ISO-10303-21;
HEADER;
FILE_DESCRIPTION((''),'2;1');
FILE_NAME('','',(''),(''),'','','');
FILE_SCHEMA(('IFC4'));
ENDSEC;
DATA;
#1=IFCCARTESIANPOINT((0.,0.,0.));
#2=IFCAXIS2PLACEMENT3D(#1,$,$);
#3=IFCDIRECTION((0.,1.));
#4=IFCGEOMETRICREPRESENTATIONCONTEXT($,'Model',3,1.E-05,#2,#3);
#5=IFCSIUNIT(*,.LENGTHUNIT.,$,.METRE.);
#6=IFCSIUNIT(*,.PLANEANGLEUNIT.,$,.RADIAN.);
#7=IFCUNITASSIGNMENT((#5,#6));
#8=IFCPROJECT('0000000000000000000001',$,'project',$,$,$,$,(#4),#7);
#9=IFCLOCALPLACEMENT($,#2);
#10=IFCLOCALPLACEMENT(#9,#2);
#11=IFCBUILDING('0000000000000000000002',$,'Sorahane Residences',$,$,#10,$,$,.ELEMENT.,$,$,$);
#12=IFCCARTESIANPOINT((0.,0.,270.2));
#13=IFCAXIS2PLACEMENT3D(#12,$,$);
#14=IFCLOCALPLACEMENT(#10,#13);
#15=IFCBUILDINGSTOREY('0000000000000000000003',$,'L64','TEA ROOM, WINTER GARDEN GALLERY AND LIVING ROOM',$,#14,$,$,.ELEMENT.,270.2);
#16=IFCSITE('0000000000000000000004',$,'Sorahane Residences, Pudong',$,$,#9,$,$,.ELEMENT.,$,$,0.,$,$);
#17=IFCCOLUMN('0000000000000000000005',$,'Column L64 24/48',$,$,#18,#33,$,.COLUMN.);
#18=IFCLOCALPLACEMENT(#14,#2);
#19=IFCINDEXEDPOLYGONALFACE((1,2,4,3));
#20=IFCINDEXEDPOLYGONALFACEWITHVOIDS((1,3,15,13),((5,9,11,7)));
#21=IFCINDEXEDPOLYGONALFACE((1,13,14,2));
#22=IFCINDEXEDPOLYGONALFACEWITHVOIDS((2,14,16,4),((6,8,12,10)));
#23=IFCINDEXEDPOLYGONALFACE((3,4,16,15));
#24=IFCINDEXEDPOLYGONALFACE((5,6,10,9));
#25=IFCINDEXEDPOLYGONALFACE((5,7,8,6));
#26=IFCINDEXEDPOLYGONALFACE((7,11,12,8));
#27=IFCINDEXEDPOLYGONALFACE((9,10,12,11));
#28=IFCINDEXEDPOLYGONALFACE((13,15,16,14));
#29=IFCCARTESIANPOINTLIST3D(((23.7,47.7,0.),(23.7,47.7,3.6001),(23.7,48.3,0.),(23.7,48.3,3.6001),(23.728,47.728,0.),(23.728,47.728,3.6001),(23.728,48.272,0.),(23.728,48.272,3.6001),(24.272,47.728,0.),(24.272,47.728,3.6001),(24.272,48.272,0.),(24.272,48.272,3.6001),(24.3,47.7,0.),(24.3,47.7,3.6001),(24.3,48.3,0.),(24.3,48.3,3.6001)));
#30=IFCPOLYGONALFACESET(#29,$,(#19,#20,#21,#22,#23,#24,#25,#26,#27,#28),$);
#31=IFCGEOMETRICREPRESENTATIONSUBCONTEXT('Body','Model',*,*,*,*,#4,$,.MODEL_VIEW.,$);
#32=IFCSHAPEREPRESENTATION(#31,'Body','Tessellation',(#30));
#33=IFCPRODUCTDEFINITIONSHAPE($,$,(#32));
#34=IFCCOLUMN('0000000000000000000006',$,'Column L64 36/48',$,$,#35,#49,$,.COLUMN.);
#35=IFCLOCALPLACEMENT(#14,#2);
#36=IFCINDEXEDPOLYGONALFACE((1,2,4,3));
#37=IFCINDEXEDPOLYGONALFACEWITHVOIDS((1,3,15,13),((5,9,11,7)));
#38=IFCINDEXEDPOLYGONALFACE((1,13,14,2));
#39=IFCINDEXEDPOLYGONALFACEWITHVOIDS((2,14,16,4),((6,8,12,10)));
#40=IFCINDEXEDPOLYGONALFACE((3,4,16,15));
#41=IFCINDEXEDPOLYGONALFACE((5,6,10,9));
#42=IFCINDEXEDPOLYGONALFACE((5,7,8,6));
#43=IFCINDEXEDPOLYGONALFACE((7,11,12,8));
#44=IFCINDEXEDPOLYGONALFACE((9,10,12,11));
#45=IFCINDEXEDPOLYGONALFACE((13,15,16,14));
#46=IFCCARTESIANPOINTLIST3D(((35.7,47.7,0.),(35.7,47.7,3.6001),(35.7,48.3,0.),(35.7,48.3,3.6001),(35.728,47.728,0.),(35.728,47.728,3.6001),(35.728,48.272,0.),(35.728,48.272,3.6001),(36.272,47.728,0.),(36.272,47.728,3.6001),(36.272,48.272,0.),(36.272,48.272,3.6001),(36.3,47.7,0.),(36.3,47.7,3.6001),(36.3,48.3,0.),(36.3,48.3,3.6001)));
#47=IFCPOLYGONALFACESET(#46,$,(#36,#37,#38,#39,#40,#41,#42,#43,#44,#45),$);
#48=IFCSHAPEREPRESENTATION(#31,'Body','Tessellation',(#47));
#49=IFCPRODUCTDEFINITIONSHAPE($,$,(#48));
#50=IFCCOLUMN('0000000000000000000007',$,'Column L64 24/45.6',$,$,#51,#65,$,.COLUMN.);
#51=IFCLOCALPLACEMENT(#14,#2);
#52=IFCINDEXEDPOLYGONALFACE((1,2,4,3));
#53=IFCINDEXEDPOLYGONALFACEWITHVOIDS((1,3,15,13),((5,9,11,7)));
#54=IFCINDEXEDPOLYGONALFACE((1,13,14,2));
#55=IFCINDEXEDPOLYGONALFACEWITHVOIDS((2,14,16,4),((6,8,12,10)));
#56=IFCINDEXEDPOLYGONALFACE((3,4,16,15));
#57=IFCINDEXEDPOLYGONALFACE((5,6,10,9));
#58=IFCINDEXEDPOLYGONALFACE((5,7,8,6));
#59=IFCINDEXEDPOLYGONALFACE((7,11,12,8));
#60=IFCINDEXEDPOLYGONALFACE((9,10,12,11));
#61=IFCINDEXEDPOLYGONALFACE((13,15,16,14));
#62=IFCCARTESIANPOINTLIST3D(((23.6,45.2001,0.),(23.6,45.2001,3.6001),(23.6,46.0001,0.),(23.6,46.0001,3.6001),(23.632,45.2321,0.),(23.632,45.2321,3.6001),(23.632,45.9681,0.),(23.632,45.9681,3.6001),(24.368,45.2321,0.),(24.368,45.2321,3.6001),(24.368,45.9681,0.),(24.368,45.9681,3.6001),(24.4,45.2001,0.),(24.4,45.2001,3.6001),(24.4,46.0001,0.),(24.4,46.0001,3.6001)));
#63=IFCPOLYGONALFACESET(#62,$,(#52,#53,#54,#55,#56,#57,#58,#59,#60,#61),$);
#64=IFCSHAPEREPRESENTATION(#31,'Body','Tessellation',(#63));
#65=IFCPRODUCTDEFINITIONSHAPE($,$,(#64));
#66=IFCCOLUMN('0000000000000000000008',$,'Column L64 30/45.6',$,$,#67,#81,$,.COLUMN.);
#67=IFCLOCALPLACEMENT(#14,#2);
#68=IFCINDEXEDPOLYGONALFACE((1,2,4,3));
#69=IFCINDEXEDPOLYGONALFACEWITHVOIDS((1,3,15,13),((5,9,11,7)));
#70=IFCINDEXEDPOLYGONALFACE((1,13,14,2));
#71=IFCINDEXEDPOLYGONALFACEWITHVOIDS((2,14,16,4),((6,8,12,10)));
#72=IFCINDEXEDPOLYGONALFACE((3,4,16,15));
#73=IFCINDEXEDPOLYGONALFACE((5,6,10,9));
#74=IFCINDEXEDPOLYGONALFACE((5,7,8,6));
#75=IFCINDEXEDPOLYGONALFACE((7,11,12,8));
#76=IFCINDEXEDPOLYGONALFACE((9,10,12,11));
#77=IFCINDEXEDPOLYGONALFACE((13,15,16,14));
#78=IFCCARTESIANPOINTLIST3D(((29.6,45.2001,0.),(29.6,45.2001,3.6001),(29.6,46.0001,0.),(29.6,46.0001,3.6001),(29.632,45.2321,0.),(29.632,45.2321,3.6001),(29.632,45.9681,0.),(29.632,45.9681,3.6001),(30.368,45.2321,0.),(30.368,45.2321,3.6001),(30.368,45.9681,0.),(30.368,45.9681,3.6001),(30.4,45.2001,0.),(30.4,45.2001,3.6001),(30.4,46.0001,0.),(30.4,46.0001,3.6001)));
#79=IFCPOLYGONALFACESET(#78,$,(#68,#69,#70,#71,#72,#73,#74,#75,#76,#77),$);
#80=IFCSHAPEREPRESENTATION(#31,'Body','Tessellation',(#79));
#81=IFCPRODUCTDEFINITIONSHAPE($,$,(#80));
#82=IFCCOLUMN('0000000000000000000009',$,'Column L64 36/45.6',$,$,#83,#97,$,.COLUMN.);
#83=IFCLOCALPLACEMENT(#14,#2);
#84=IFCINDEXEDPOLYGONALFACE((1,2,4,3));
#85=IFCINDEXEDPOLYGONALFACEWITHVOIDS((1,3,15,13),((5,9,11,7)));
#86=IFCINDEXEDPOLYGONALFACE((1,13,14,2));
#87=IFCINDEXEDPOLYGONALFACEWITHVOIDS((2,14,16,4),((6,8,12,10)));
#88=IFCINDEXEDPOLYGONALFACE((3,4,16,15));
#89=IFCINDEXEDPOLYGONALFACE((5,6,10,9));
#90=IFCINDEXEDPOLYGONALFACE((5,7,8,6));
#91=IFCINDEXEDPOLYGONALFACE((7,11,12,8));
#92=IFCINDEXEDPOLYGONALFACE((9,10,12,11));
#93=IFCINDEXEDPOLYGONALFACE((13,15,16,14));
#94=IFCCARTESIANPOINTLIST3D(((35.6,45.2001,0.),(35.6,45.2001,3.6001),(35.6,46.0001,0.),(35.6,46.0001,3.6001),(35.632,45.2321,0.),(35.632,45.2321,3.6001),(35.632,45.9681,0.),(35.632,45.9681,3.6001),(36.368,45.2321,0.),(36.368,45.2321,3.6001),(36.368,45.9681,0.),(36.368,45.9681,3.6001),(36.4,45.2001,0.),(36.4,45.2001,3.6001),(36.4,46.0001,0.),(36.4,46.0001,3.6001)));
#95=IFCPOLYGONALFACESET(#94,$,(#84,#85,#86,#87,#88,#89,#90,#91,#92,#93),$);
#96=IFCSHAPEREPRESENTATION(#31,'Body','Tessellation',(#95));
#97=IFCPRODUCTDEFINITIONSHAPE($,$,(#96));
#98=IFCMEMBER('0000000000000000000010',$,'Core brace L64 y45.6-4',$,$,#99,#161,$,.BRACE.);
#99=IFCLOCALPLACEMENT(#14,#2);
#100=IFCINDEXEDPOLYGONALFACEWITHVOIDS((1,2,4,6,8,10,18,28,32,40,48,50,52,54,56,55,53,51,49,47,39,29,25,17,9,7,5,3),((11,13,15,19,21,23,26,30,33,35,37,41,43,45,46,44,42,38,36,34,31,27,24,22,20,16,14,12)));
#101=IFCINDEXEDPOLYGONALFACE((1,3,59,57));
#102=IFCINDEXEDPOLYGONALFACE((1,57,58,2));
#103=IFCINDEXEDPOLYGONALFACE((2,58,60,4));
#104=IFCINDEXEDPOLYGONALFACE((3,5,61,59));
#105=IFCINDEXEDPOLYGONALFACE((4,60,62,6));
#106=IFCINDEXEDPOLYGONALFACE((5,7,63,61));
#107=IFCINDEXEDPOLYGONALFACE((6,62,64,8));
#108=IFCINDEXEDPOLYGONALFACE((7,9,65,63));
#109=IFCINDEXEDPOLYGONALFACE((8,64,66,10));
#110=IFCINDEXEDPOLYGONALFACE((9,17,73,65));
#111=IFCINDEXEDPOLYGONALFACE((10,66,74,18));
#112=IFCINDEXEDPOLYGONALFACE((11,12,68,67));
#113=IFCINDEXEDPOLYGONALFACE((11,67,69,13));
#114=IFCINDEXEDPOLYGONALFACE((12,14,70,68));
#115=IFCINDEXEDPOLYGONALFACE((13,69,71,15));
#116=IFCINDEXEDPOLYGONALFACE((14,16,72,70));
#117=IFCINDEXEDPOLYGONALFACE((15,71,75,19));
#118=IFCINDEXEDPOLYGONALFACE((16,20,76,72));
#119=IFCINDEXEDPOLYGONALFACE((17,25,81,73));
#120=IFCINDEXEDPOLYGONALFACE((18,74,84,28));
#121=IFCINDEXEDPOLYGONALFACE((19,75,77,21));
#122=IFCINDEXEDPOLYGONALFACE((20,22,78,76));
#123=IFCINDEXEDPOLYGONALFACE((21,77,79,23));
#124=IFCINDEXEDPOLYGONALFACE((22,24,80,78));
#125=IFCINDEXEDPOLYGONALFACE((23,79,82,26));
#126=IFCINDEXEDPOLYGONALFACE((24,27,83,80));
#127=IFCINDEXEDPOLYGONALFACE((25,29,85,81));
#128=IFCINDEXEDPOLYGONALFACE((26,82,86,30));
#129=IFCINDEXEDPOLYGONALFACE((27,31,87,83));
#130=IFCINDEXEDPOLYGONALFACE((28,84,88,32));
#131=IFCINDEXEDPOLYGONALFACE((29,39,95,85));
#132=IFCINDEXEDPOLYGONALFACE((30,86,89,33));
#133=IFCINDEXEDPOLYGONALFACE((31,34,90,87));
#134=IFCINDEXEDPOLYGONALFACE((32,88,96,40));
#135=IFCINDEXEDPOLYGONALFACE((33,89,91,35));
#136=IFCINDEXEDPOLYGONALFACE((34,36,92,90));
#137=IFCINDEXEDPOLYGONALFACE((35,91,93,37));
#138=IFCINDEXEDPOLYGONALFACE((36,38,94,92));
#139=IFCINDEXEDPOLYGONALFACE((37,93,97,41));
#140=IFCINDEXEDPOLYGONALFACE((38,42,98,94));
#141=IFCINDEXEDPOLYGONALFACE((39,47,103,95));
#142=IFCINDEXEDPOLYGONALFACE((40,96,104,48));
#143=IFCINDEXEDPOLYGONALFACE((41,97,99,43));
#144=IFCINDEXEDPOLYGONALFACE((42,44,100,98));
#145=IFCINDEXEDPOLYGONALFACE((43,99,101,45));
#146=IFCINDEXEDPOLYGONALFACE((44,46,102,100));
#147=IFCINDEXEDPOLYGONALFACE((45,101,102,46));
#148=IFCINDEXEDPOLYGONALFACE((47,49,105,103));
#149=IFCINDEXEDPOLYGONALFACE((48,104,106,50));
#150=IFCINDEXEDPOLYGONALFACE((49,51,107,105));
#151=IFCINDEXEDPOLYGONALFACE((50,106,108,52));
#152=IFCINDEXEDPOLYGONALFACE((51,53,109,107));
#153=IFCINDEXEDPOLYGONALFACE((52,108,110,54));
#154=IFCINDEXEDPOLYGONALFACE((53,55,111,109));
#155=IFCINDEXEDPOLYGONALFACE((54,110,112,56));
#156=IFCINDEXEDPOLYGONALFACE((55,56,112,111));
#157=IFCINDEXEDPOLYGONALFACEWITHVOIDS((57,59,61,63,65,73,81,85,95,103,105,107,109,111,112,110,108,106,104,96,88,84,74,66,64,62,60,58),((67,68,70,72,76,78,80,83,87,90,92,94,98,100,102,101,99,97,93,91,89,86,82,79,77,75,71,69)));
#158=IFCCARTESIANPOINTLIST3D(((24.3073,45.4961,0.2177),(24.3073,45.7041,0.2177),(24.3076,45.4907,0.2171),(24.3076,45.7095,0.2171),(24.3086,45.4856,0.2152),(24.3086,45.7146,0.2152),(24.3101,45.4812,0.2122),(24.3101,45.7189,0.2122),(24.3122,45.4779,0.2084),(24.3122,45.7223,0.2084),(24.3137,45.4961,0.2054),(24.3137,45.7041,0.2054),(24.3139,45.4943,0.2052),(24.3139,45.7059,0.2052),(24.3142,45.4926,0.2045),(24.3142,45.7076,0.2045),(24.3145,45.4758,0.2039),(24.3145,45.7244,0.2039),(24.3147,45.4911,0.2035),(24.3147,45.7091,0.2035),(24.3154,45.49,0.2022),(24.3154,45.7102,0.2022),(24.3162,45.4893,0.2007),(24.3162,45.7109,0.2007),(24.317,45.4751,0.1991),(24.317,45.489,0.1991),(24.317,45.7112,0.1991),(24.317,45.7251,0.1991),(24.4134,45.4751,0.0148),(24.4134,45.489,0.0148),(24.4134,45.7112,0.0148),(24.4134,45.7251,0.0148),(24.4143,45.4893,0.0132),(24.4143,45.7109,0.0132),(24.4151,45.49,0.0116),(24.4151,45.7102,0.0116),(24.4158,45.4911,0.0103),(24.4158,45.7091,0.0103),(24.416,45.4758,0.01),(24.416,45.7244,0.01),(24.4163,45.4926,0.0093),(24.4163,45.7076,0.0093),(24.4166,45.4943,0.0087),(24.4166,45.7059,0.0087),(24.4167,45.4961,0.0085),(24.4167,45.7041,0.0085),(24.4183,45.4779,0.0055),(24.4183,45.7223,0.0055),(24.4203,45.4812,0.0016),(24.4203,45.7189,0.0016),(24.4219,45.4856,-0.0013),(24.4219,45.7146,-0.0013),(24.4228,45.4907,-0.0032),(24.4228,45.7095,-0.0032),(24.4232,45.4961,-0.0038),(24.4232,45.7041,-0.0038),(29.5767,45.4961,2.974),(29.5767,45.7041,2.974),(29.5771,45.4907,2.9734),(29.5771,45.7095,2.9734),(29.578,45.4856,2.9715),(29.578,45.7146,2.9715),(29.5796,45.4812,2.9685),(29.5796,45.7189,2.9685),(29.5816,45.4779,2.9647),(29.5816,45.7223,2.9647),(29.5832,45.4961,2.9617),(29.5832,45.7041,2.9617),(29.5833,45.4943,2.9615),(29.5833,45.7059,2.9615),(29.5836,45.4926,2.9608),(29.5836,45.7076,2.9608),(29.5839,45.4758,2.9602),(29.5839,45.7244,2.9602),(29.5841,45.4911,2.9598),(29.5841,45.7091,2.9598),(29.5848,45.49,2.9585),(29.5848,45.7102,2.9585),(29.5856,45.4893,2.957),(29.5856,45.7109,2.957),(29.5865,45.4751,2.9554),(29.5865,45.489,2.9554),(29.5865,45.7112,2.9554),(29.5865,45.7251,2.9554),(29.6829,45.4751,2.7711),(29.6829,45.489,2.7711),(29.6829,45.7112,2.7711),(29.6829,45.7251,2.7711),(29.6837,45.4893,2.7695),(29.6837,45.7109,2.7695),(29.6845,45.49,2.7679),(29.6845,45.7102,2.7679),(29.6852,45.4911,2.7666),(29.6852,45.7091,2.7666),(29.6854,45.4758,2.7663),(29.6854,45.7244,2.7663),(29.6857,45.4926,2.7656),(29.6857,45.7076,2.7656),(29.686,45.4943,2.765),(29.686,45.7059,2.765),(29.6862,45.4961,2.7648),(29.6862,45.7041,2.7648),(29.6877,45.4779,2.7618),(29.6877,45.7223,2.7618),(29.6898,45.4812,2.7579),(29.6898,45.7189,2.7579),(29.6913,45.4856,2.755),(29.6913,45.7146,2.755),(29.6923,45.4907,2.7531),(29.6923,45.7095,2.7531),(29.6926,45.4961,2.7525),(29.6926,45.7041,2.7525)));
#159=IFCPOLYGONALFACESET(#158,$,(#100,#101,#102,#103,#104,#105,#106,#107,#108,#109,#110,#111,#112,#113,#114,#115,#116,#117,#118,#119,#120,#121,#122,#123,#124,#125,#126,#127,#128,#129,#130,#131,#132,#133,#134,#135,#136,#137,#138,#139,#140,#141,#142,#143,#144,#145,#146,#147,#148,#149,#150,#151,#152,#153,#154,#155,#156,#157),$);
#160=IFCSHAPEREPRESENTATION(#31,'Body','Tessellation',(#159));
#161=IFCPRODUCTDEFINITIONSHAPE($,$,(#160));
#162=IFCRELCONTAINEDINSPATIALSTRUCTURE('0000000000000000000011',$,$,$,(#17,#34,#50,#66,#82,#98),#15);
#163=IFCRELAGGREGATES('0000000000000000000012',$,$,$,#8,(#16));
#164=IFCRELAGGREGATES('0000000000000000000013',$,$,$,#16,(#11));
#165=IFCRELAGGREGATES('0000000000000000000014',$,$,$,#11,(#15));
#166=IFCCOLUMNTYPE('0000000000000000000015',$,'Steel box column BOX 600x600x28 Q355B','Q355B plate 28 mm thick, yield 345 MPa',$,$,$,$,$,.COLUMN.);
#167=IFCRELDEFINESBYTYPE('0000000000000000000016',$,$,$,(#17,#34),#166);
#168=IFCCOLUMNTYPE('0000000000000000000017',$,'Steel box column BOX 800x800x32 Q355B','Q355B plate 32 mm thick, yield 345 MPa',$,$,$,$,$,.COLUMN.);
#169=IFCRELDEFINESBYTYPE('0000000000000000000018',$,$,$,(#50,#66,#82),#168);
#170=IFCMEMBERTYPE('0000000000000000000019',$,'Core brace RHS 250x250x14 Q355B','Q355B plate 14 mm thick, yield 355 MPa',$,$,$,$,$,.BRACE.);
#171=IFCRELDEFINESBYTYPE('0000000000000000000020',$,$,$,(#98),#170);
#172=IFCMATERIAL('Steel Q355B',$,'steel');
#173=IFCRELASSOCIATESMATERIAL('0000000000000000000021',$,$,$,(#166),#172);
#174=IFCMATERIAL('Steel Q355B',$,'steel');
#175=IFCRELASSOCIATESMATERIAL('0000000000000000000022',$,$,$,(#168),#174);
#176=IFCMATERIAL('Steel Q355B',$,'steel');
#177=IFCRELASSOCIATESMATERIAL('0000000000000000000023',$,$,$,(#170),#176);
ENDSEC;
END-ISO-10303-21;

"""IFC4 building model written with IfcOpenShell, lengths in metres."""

from ifc_helpers import new_model, si_unit, direction, frame, origin, origin_2d, place, context, subcontext, project, spatial, hollow_rectangle, extrude, material, material_profile, profile_set, type_object, element, save


model = new_model("IFC4")

# Units and contexts
model_context = context("Model", 3, precision=1e-05, world=origin(), true_north=direction((0.0, 1.0)))
body_context = subcontext(model_context, "Body", "Model", "MODEL_VIEW")
ifc_project = project(units=[si_unit("LENGTHUNIT", "METRE"), si_unit("PLANEANGLEUNIT", "RADIAN")], contexts=[model_context])

# Site, building, storey
site_placement = place(None, origin())
site = spatial("IfcSite", under=ifc_project, at=site_placement, Name="Sorahane Residences, Pudong", CompositionType="ELEMENT", RefElevation=0.0)
building_placement = place(site_placement, origin())
building = spatial("IfcBuilding", under=site, at=building_placement, Name="Sorahane Residences", CompositionType="ELEMENT")
storey_placement = place(building_placement, frame((0.0, 0.0, 270.2)))
storey = spatial("IfcBuildingStorey", under=building, at=storey_placement, Name="L64", Description="TEA ROOM, WINTER GARDEN GALLERY AND LIVING ROOM", CompositionType="ELEMENT", Elevation=270.2)

# Columns
ifc_material_1 = material(Name="Steel Q355B", Category="steel")
ifc_material_profile_1 = material_profile(ifc_material_1, hollow_rectangle(XDim=0.6001, YDim=0.6001, WallThickness=0.0281, at=origin_2d()), Name="BOX 600x600x28")
ifc_profile_set_1 = profile_set([ifc_material_profile_1], Name="Steel Q355B")
column_type_1 = type_object("IfcColumnType", Name="Steel box column BOX 600x600x28 Q355B", Description="Q355B plate 28 mm thick, yield 345 MPa", PredefinedType="COLUMN", material=ifc_profile_set_1)
for number, where, z_axis, x_axis, name in (
    (1, (24.0, 48.0, 0.0), (0.0, 0.0, 1.0), (1.0, 0.0, 0.0), "Column L64 24/48"),
    (2, (36.0, 48.0, 0.0), (0.0, 0.0, 1.0), (1.0, 0.0, 0.0), "Column L64 36/48"),
):
    element("IfcColumn", number, at=place(storey_placement, frame(where, z_axis=z_axis, x_axis=x_axis)), inside=storey, type_object=column_type_1, Name=name, PredefinedType="COLUMN", context=body_context, shape_type="SweptSolid", body=[
        extrude(hollow_rectangle(XDim=0.6001, YDim=0.6001, WallThickness=0.0281, at=origin_2d()), origin(), (0.0, 0.0, 1.0), 3.6001),
    ])
ifc_material_2 = material(Name="Steel Q355B", Category="steel")
ifc_material_profile_2 = material_profile(ifc_material_2, hollow_rectangle(XDim=0.8, YDim=0.8, WallThickness=0.032, at=origin_2d()), Name="BOX 800x800x32")
ifc_profile_set_2 = profile_set([ifc_material_profile_2], Name="Steel Q355B")
column_type_2 = type_object("IfcColumnType", Name="Steel box column BOX 800x800x32 Q355B", Description="Q355B plate 32 mm thick, yield 345 MPa", PredefinedType="COLUMN", material=ifc_profile_set_2)
for number, where, z_axis, x_axis, name in (
    (3, (24.0, 45.6001, 0.0), (0.0, 0.0, 1.0), (1.0, 0.0, 0.0), "Column L64 24/45.6"),
    (4, (30.0, 45.6001, 0.0), (0.0, 0.0, 1.0), (1.0, 0.0, 0.0), "Column L64 30/45.6"),
    (5, (36.0, 45.6001, 0.0), (0.0, 0.0, 1.0), (1.0, 0.0, 0.0), "Column L64 36/45.6"),
):
    element("IfcColumn", number, at=place(storey_placement, frame(where, z_axis=z_axis, x_axis=x_axis)), inside=storey, type_object=column_type_2, Name=name, PredefinedType="COLUMN", context=body_context, shape_type="SweptSolid", body=[
        extrude(hollow_rectangle(XDim=0.8, YDim=0.8, WallThickness=0.032, at=origin_2d()), origin(), (0.0, 0.0, 1.0), 3.6001),
    ])

# Member
ifc_material_3 = material(Name="Steel Q355B", Category="steel")
ifc_material_profile_3 = material_profile(ifc_material_3, hollow_rectangle(XDim=0.25, YDim=0.25, WallThickness=0.0139, InnerFilletRadius=0.0071, OuterFilletRadius=0.021, at=origin_2d()), Name="RHS 250x250x14")
ifc_profile_set_3 = profile_set([ifc_material_profile_3], Name="Steel Q355B")
member_type_1 = type_object("IfcMemberType", Name="Core brace RHS 250x250x14 Q355B", Description="Q355B plate 14 mm thick, yield 355 MPa", PredefinedType="BRACE", material=ifc_profile_set_3)
for number, where, z_axis, x_axis, name in (
    (6, (24.3652, 45.6001, 0.1069), (0.8861, 0.0, 0.463495), (0.0, 1.0, 0.0), "Core brace L64 y45.6-4"),
):
    element("IfcMember", number, at=place(storey_placement, frame(where, z_axis=z_axis, x_axis=x_axis)), inside=storey, type_object=member_type_1, Name=name, PredefinedType="BRACE", context=body_context, shape_type="SweptSolid", body=[
        extrude(hollow_rectangle(XDim=0.25, YDim=0.25, WallThickness=0.0139, InnerFilletRadius=0.0071, OuterFilletRadius=0.021, at=origin_2d()), origin(), (0.0, 0.0, 1.0), 5.9468),
    ])

save(model, "model.ifc")
